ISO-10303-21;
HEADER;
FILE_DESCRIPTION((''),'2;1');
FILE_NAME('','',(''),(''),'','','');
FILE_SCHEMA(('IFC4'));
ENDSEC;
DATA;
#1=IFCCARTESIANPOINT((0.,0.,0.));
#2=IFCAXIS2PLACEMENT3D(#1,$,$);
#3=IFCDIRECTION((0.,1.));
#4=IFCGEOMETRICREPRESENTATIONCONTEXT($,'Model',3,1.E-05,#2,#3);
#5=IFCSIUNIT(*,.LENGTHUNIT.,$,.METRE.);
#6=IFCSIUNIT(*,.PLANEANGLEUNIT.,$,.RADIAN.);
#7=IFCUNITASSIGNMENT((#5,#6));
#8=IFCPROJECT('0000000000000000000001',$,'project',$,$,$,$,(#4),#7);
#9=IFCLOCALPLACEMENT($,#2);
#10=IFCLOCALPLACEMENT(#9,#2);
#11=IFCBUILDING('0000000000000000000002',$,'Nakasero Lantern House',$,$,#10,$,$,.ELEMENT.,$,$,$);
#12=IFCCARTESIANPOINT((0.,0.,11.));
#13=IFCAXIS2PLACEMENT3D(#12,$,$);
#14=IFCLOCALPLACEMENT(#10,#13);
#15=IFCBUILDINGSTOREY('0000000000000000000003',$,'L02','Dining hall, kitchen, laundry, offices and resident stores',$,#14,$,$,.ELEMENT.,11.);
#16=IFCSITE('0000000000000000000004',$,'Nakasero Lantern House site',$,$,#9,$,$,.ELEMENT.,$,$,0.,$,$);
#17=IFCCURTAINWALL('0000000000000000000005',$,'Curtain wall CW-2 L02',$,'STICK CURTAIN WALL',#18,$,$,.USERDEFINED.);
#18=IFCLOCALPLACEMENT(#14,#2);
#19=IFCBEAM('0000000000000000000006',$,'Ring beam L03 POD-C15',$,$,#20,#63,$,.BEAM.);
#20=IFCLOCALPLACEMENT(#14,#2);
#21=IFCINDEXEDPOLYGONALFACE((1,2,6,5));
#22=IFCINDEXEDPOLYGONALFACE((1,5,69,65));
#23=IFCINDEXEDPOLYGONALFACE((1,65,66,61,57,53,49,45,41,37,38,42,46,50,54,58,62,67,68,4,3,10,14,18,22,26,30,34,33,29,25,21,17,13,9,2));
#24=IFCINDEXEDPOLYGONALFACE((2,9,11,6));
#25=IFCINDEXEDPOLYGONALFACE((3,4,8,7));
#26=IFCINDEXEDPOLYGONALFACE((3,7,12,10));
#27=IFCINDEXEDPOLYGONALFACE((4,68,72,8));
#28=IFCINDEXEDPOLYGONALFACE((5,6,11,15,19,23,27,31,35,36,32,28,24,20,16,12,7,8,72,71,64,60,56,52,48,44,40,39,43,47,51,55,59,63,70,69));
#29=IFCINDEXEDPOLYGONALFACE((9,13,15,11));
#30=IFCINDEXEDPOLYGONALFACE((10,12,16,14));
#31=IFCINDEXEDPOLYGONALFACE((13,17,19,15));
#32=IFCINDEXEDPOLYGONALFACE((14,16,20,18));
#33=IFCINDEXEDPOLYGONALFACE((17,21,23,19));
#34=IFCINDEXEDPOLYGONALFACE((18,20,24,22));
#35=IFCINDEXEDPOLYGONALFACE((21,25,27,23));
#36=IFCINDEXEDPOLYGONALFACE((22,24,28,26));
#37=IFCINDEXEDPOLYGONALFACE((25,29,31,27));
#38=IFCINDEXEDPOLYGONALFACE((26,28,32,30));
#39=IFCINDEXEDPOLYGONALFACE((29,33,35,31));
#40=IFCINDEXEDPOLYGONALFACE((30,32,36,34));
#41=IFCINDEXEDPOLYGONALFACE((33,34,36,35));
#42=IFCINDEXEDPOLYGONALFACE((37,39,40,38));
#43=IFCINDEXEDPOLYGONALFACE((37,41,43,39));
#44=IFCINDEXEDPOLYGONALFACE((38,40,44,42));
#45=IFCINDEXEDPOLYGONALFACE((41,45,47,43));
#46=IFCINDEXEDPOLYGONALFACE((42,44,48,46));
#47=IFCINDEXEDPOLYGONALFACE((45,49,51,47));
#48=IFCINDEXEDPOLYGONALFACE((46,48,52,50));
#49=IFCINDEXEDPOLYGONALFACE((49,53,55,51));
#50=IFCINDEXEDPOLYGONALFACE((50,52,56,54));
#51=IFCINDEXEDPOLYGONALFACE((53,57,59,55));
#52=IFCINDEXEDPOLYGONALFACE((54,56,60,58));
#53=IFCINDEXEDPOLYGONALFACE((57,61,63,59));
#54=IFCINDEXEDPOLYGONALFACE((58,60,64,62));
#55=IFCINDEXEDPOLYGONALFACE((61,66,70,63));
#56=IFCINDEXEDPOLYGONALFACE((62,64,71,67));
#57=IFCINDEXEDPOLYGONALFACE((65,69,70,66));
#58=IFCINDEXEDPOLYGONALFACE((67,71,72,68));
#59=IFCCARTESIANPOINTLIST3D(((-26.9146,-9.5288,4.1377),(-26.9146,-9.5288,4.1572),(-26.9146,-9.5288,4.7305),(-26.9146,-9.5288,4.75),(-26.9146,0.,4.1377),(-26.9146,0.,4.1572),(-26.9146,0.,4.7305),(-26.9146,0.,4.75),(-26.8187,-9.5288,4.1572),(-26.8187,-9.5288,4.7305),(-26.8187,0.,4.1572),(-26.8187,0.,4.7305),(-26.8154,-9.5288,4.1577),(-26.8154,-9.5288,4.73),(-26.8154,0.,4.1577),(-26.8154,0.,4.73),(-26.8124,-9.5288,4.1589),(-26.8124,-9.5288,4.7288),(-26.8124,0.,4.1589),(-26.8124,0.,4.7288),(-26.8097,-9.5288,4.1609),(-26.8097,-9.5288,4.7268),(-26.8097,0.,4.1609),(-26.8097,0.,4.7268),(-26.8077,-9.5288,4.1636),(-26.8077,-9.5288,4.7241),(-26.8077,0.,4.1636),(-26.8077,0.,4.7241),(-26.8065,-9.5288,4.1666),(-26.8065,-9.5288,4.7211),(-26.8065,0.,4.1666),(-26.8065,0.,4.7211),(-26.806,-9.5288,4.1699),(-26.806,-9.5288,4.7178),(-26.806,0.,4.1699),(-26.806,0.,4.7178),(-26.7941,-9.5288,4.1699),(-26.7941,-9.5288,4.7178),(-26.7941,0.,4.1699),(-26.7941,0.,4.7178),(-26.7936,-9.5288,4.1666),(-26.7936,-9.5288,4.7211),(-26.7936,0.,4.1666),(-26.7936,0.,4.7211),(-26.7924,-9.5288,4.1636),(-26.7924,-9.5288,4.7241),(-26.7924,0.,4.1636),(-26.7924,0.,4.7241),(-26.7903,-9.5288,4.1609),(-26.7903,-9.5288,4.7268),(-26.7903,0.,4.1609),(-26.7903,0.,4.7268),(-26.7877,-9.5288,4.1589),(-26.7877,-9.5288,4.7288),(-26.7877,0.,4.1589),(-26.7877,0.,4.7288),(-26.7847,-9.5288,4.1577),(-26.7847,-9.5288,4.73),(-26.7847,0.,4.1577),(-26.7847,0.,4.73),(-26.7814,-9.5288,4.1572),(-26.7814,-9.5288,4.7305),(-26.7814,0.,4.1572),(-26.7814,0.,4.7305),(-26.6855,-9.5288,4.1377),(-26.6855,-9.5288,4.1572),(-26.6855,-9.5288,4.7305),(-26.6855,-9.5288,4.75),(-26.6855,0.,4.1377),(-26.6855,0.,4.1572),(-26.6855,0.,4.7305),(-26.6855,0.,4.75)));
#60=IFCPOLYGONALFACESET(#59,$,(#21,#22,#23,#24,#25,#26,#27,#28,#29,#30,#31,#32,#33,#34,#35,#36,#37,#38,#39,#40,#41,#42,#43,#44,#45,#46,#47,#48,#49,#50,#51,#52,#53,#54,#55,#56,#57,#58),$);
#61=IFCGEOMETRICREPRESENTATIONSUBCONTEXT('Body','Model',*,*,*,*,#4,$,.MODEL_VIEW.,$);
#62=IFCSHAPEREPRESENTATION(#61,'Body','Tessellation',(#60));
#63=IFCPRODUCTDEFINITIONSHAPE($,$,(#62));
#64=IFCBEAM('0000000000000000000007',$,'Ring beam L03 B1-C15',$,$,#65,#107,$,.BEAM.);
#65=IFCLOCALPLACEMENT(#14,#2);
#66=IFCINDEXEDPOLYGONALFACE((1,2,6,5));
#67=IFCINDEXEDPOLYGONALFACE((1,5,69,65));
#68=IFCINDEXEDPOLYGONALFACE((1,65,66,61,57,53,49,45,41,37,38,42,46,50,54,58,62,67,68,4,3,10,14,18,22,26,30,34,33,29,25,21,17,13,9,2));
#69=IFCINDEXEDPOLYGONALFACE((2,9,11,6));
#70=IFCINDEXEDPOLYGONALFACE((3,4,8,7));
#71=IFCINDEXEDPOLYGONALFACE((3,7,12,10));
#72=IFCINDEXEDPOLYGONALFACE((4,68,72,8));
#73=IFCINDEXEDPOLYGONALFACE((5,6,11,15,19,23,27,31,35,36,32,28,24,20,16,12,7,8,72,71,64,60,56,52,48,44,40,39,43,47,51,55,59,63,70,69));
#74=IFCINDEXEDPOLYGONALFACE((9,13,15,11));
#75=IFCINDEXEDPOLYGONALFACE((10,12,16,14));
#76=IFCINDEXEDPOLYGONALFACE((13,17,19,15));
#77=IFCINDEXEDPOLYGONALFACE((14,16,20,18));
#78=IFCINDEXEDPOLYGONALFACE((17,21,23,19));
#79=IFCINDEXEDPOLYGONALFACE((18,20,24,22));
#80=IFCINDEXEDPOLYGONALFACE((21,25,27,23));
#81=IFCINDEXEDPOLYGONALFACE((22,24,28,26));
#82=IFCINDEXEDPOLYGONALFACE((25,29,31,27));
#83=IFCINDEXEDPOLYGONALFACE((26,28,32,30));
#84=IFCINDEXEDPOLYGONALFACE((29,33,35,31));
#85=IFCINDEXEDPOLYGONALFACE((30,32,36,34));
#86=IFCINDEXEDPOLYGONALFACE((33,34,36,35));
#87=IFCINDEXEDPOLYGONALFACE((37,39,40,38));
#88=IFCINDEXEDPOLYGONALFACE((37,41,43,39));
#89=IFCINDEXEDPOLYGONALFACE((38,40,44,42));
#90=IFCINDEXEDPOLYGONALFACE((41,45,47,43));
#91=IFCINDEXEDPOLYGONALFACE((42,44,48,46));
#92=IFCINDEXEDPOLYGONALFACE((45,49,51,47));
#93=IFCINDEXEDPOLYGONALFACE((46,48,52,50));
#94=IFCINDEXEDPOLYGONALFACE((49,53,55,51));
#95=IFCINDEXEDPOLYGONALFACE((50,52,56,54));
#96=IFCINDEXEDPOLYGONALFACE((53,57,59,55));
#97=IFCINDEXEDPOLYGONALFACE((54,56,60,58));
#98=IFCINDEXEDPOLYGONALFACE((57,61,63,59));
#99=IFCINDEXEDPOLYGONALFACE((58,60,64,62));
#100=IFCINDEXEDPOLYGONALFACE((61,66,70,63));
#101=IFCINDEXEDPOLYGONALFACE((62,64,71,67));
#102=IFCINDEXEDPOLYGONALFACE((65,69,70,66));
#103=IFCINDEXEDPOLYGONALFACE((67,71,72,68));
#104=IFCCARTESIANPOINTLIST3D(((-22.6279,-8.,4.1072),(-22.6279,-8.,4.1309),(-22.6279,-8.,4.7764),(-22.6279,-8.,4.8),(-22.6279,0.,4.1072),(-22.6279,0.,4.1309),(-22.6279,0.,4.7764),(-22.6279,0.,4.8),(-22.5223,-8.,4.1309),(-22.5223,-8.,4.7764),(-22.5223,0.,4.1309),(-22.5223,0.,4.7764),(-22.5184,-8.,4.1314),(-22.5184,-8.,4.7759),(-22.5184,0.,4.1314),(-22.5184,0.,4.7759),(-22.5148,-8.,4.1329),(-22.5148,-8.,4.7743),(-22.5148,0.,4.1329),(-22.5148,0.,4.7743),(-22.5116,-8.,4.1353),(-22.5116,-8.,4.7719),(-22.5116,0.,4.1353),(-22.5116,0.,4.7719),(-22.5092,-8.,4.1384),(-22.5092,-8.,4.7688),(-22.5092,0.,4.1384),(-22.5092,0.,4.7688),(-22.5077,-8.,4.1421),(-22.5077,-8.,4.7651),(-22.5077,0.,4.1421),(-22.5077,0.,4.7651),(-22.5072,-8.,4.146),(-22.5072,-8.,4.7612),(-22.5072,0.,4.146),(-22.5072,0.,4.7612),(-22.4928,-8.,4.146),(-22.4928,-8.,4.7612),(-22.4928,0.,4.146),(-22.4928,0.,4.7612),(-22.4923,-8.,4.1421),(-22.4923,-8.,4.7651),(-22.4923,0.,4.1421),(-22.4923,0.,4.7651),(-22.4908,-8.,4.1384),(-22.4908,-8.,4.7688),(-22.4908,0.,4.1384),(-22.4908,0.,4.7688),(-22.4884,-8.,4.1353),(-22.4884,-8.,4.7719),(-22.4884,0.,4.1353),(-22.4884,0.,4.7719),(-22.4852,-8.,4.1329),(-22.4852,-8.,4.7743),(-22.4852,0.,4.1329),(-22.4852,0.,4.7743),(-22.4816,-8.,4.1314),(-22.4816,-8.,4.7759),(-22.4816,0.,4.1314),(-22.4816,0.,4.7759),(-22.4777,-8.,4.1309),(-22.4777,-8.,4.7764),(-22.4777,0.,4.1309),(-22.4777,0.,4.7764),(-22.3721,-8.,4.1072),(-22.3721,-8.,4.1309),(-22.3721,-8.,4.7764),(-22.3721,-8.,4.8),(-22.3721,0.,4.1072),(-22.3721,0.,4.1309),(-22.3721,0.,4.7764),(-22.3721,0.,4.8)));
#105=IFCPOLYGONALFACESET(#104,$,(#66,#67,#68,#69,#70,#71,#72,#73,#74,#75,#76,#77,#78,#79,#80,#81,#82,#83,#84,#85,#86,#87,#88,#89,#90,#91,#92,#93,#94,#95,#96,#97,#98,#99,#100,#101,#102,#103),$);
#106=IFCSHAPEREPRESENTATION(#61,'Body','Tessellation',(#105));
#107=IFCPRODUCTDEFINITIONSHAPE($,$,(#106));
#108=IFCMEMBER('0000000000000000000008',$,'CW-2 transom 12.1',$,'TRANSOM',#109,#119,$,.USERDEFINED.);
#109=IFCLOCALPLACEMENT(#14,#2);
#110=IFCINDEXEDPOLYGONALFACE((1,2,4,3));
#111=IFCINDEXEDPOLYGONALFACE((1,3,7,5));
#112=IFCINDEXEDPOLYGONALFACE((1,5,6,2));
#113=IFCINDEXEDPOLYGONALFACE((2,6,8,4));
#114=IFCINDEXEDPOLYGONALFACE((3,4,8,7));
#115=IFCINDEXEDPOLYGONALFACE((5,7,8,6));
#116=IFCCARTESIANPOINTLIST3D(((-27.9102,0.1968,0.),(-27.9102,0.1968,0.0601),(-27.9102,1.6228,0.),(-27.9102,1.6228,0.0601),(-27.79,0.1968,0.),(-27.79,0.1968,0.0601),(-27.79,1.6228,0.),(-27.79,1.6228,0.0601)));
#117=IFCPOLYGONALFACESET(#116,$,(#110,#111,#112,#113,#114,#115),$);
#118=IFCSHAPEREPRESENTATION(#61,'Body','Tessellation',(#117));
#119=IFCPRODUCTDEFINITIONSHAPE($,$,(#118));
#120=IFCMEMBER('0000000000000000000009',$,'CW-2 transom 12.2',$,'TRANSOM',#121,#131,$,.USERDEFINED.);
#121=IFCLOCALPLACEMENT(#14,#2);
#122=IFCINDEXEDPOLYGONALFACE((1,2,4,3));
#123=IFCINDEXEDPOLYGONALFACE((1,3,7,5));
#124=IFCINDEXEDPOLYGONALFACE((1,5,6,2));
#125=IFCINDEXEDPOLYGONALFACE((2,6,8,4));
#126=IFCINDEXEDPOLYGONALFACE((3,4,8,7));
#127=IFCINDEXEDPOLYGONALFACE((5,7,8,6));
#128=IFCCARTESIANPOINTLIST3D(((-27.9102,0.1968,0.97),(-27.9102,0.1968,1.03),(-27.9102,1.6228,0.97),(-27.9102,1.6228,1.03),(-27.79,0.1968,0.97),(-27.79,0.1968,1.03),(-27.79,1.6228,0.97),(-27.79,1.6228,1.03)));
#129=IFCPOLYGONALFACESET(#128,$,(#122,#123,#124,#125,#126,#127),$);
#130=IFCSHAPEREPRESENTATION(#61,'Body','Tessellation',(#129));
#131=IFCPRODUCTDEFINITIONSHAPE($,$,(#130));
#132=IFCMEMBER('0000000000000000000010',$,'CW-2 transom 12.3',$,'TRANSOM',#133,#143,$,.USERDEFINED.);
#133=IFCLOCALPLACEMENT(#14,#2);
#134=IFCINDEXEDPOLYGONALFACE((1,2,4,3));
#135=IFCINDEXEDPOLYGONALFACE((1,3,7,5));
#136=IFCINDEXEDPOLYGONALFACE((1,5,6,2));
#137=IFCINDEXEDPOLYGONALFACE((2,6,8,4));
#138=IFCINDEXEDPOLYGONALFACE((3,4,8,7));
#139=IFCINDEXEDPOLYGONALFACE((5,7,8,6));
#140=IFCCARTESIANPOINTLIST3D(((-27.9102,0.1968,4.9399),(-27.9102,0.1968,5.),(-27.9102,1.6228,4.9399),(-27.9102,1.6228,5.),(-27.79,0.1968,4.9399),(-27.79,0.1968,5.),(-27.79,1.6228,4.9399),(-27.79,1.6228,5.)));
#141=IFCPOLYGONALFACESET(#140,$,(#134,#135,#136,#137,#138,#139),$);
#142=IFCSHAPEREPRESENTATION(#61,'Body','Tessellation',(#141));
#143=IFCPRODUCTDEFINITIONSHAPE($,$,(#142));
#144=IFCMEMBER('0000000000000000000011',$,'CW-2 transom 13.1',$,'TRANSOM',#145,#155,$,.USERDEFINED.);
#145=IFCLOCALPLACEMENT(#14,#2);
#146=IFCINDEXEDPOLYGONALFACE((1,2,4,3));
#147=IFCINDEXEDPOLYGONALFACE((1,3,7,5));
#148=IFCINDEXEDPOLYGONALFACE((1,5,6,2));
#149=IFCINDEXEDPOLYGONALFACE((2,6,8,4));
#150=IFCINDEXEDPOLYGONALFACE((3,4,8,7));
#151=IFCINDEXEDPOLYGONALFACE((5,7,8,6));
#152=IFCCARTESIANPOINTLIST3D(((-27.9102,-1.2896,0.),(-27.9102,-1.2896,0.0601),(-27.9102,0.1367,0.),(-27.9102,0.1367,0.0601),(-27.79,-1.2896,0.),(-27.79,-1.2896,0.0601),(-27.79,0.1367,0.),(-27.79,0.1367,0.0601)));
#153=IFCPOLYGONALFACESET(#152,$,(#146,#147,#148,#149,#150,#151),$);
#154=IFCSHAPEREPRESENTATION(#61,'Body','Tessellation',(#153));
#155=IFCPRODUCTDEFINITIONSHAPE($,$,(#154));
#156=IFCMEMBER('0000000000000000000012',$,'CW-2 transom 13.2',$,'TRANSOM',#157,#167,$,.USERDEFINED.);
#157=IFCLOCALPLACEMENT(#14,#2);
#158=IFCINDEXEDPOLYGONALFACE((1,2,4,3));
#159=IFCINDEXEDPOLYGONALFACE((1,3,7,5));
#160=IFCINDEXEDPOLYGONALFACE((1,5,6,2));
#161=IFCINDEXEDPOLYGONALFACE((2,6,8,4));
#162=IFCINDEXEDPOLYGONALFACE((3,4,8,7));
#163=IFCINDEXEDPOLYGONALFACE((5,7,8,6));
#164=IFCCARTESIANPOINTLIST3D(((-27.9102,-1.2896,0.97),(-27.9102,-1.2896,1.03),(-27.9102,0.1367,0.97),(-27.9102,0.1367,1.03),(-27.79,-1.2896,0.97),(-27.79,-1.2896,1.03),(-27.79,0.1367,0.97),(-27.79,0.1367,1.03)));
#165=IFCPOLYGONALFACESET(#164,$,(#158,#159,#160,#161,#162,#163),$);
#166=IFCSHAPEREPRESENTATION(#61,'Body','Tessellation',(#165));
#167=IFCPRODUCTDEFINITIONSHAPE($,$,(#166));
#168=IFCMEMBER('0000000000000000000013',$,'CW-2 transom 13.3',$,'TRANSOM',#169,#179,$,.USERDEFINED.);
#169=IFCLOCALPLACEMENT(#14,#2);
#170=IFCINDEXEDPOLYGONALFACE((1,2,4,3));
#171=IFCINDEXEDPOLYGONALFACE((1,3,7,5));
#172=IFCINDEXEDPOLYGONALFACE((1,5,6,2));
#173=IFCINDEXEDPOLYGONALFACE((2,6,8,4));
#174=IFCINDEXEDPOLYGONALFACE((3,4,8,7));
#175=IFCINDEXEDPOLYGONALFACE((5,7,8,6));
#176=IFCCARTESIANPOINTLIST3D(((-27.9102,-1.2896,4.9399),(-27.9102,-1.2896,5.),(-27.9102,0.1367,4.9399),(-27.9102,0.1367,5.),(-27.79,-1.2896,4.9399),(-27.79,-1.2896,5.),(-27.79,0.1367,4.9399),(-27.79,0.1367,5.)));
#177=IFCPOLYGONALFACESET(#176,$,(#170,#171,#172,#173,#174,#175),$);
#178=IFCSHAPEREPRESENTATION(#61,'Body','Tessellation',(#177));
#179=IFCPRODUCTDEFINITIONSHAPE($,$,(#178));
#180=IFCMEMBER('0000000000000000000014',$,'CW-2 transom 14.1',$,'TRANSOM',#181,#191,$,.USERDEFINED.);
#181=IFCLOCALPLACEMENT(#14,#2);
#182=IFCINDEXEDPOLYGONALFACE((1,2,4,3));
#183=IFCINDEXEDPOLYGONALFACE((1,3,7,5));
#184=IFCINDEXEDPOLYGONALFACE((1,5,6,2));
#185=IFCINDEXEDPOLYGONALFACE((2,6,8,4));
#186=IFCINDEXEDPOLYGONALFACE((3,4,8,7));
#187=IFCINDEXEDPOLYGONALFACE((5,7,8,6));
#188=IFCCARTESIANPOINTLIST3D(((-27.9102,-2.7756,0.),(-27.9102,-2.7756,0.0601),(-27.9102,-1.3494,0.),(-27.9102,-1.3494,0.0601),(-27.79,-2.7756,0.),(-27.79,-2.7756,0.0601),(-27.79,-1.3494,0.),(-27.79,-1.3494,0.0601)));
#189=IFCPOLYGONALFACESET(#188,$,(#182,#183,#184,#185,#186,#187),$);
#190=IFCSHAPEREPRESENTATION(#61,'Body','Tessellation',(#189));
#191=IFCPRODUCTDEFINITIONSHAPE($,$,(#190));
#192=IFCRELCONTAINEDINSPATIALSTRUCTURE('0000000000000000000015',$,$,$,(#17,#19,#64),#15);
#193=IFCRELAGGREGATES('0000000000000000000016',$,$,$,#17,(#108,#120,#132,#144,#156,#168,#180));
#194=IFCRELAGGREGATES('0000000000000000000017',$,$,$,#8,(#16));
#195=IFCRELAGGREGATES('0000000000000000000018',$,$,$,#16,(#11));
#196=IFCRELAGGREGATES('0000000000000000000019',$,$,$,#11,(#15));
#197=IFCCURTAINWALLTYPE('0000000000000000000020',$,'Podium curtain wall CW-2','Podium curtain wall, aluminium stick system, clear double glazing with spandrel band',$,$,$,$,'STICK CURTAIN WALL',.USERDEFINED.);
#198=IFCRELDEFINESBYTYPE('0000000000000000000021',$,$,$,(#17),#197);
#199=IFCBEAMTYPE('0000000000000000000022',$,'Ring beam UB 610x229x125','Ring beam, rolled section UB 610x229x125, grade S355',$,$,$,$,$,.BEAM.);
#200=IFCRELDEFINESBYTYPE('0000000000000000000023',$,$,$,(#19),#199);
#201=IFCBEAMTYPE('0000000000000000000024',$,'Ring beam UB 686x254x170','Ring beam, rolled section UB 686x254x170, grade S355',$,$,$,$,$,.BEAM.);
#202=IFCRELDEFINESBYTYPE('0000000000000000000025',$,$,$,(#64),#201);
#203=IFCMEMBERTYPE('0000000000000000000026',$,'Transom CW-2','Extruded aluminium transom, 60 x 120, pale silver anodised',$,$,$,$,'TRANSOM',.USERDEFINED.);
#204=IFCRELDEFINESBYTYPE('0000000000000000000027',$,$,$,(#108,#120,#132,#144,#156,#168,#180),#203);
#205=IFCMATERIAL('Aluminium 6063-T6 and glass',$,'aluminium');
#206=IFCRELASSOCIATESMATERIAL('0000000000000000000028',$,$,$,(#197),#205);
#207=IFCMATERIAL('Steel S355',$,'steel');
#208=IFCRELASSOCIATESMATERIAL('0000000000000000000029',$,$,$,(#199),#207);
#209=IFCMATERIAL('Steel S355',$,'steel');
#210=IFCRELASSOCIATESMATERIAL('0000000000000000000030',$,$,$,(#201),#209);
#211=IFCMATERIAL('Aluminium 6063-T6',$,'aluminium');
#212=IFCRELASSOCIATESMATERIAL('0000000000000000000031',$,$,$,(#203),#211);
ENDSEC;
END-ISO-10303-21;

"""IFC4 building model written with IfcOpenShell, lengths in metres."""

from ifc_helpers import new_model, si_unit, direction, frame, origin, origin_2d, place, context, subcontext, project, spatial, rectangle, i_section, extrude, material, material_profile, profile_set, type_object, element, aggregate, save


model = new_model("IFC4")

# Units and contexts
model_context = context("Model", 3, precision=1e-05, world=origin(), true_north=direction((0.0, 1.0)))
body_context = subcontext(model_context, "Body", "Model", "MODEL_VIEW")
ifc_project = project(units=[si_unit("LENGTHUNIT", "METRE"), si_unit("PLANEANGLEUNIT", "RADIAN")], contexts=[model_context])

# Site, building, storey
site_placement = place(None, origin())
site = spatial("IfcSite", under=ifc_project, at=site_placement, Name="Nakasero Lantern House site", CompositionType="ELEMENT", RefElevation=0.0)
building_placement = place(site_placement, origin())
building = spatial("IfcBuilding", under=site, at=building_placement, Name="Nakasero Lantern House", CompositionType="ELEMENT")
storey_placement = place(building_placement, frame((0.0, 0.0, 11.0)))
storey = spatial("IfcBuildingStorey", under=building, at=storey_placement, Name="L02", Description="Dining hall, kitchen, laundry, offices and resident stores", CompositionType="ELEMENT", Elevation=11.0)

# Curtain wall
ifc_material_1 = material(Name="Aluminium 6063-T6 and glass", Category="aluminium")
curtain_wall_type = type_object("IfcCurtainWallType", Name="Podium curtain wall CW-2", Description="Podium curtain wall, aluminium stick system, clear double glazing with spandrel band", ElementType="STICK CURTAIN WALL", PredefinedType="USERDEFINED", material=ifc_material_1)
curtain_wall_placement = place(storey_placement, origin())
curtain_wall = element("IfcCurtainWall", 1, at=curtain_wall_placement, inside=storey, type_object=curtain_wall_type, Name="Curtain wall CW-2 L02", ObjectType="STICK CURTAIN WALL", PredefinedType="USERDEFINED")

# Beams
ifc_material_2 = material(Name="Steel S355", Category="steel")
ifc_material_profile_1 = material_profile(ifc_material_2, i_section(OverallWidth=0.229, OverallDepth=0.6123, WebThickness=0.012, FlangeThickness=0.0195, FilletRadius=0.0127, at=origin_2d()), Name="UB 610x229x125")
ifc_profile_set_1 = profile_set([ifc_material_profile_1], Name="Steel S355")
beam_type_1 = type_object("IfcBeamType", Name="Ring beam UB 610x229x125", Description="Ring beam, rolled section UB 610x229x125, grade S355", PredefinedType="BEAM", material=ifc_profile_set_1)
beam_1_placement = place(storey_placement, frame((-26.8, 0.0, 4.4438), z_axis=(0.0, -1.0, 0.0), x_axis=(1.0, 0.0, 0.0)))
element("IfcBeam", 2, at=beam_1_placement, inside=storey, type_object=beam_type_1, Name="Ring beam L03 POD-C15", PredefinedType="BEAM", context=body_context, shape_type="SweptSolid", body=[
    extrude(i_section(OverallWidth=0.229, OverallDepth=0.6123, WebThickness=0.012, FlangeThickness=0.0195, FilletRadius=0.0127, at=origin_2d()), origin(), (0.0, 0.0, 1.0), 9.5288),
])
ifc_material_3 = material(Name="Steel S355", Category="steel")
ifc_material_profile_2 = material_profile(ifc_material_3, i_section(OverallWidth=0.2559, OverallDepth=0.6929, WebThickness=0.0144, FlangeThickness=0.0237, FilletRadius=0.0151, at=origin_2d()), Name="UB 686x254x170")
ifc_profile_set_2 = profile_set([ifc_material_profile_2], Name="Steel S355")
beam_type_2 = type_object("IfcBeamType", Name="Ring beam UB 686x254x170", Description="Ring beam, rolled section UB 686x254x170, grade S355", PredefinedType="BEAM", material=ifc_profile_set_2)
beam_2_placement = place(storey_placement, frame((-22.5, 0.0, 4.4536), z_axis=(0.0, -1.0, 0.0), x_axis=(1.0, 0.0, 0.0)))
element("IfcBeam", 3, at=beam_2_placement, inside=storey, type_object=beam_type_2, Name="Ring beam L03 B1-C15", PredefinedType="BEAM", context=body_context, shape_type="SweptSolid", body=[
    extrude(i_section(OverallWidth=0.2559, OverallDepth=0.6929, WebThickness=0.0144, FlangeThickness=0.0237, FilletRadius=0.0151, at=origin_2d()), origin(), (0.0, 0.0, 1.0), 8.0),
])

# Members
ifc_material_4 = material(Name="Aluminium 6063-T6", Category="aluminium")
ifc_material_profile_3 = material_profile(ifc_material_4, rectangle(XDim=0.0601, YDim=0.1201, at=origin_2d()), Name="CW-2 transom 60x120")
ifc_profile_set_3 = profile_set([ifc_material_profile_3], Name="Aluminium 6063-T6")
member_type_1 = type_object("IfcMemberType", Name="Transom CW-2", Description="Extruded aluminium transom, 60 x 120, pale silver anodised", ElementType="TRANSOM", PredefinedType="USERDEFINED", material=ifc_profile_set_3)
member_1_placement = place(storey_placement, frame((-27.8501, 1.6228, 0.03), z_axis=(0.0, -1.0, 0.0), x_axis=(0.0, 0.0, 1.0)))
member_1 = element("IfcMember", 4, at=member_1_placement, type_object=member_type_1, Name="CW-2 transom 12.1", ObjectType="TRANSOM", PredefinedType="USERDEFINED", context=body_context, shape_type="SweptSolid", body=[
    extrude(rectangle(XDim=0.0601, YDim=0.1201, at=origin_2d()), origin(), (0.0, 0.0, 1.0), 1.426),
])
member_2_placement = place(storey_placement, frame((-27.8501, 1.6228, 1.0), z_axis=(0.0, -1.0, 0.0), x_axis=(0.0, 0.0, 1.0)))
member_2 = element("IfcMember", 5, at=member_2_placement, type_object=member_type_1, Name="CW-2 transom 12.2", ObjectType="TRANSOM", PredefinedType="USERDEFINED", context=body_context, shape_type="SweptSolid", body=[
    extrude(rectangle(XDim=0.0601, YDim=0.1201, at=origin_2d()), origin(), (0.0, 0.0, 1.0), 1.426),
])
member_3_placement = place(storey_placement, frame((-27.8501, 1.6228, 4.97), z_axis=(0.0, -1.0, 0.0), x_axis=(0.0, 0.0, 1.0)))
member_3 = element("IfcMember", 6, at=member_3_placement, type_object=member_type_1, Name="CW-2 transom 12.3", ObjectType="TRANSOM", PredefinedType="USERDEFINED", context=body_context, shape_type="SweptSolid", body=[
    extrude(rectangle(XDim=0.0601, YDim=0.1201, at=origin_2d()), origin(), (0.0, 0.0, 1.0), 1.426),
])
member_4_placement = place(storey_placement, frame((-27.8501, 0.1367, 0.03), z_axis=(0.0, -1.0, 0.0), x_axis=(0.0, 0.0, 1.0)))
member_4 = element("IfcMember", 7, at=member_4_placement, type_object=member_type_1, Name="CW-2 transom 13.1", ObjectType="TRANSOM", PredefinedType="USERDEFINED", context=body_context, shape_type="SweptSolid", body=[
    extrude(rectangle(XDim=0.0601, YDim=0.1201, at=origin_2d()), origin(), (0.0, 0.0, 1.0), 1.4263),
])
member_5_placement = place(storey_placement, frame((-27.8501, 0.1367, 1.0), z_axis=(0.0, -1.0, 0.0), x_axis=(0.0, 0.0, 1.0)))
member_5 = element("IfcMember", 8, at=member_5_placement, type_object=member_type_1, Name="CW-2 transom 13.2", ObjectType="TRANSOM", PredefinedType="USERDEFINED", context=body_context, shape_type="SweptSolid", body=[
    extrude(rectangle(XDim=0.0601, YDim=0.1201, at=origin_2d()), origin(), (0.0, 0.0, 1.0), 1.4263),
])
member_6_placement = place(storey_placement, frame((-27.8501, 0.1367, 4.97), z_axis=(0.0, -1.0, 0.0), x_axis=(0.0, 0.0, 1.0)))
member_6 = element("IfcMember", 9, at=member_6_placement, type_object=member_type_1, Name="CW-2 transom 13.3", ObjectType="TRANSOM", PredefinedType="USERDEFINED", context=body_context, shape_type="SweptSolid", body=[
    extrude(rectangle(XDim=0.0601, YDim=0.1201, at=origin_2d()), origin(), (0.0, 0.0, 1.0), 1.4263),
])
member_7_placement = place(storey_placement, frame((-27.8501, -1.3494, 0.03), z_axis=(0.0, -1.0, 0.0), x_axis=(0.0, 0.0, 1.0)))
member_7 = element("IfcMember", 10, at=member_7_placement, type_object=member_type_1, Name="CW-2 transom 14.1", ObjectType="TRANSOM", PredefinedType="USERDEFINED", context=body_context, shape_type="SweptSolid", body=[
    extrude(rectangle(XDim=0.0601, YDim=0.1201, at=origin_2d()), origin(), (0.0, 0.0, 1.0), 1.4263),
])

aggregate(curtain_wall, [member_1, member_2, member_3, member_4, member_5, member_6, member_7])

save(model, "model.ifc")
